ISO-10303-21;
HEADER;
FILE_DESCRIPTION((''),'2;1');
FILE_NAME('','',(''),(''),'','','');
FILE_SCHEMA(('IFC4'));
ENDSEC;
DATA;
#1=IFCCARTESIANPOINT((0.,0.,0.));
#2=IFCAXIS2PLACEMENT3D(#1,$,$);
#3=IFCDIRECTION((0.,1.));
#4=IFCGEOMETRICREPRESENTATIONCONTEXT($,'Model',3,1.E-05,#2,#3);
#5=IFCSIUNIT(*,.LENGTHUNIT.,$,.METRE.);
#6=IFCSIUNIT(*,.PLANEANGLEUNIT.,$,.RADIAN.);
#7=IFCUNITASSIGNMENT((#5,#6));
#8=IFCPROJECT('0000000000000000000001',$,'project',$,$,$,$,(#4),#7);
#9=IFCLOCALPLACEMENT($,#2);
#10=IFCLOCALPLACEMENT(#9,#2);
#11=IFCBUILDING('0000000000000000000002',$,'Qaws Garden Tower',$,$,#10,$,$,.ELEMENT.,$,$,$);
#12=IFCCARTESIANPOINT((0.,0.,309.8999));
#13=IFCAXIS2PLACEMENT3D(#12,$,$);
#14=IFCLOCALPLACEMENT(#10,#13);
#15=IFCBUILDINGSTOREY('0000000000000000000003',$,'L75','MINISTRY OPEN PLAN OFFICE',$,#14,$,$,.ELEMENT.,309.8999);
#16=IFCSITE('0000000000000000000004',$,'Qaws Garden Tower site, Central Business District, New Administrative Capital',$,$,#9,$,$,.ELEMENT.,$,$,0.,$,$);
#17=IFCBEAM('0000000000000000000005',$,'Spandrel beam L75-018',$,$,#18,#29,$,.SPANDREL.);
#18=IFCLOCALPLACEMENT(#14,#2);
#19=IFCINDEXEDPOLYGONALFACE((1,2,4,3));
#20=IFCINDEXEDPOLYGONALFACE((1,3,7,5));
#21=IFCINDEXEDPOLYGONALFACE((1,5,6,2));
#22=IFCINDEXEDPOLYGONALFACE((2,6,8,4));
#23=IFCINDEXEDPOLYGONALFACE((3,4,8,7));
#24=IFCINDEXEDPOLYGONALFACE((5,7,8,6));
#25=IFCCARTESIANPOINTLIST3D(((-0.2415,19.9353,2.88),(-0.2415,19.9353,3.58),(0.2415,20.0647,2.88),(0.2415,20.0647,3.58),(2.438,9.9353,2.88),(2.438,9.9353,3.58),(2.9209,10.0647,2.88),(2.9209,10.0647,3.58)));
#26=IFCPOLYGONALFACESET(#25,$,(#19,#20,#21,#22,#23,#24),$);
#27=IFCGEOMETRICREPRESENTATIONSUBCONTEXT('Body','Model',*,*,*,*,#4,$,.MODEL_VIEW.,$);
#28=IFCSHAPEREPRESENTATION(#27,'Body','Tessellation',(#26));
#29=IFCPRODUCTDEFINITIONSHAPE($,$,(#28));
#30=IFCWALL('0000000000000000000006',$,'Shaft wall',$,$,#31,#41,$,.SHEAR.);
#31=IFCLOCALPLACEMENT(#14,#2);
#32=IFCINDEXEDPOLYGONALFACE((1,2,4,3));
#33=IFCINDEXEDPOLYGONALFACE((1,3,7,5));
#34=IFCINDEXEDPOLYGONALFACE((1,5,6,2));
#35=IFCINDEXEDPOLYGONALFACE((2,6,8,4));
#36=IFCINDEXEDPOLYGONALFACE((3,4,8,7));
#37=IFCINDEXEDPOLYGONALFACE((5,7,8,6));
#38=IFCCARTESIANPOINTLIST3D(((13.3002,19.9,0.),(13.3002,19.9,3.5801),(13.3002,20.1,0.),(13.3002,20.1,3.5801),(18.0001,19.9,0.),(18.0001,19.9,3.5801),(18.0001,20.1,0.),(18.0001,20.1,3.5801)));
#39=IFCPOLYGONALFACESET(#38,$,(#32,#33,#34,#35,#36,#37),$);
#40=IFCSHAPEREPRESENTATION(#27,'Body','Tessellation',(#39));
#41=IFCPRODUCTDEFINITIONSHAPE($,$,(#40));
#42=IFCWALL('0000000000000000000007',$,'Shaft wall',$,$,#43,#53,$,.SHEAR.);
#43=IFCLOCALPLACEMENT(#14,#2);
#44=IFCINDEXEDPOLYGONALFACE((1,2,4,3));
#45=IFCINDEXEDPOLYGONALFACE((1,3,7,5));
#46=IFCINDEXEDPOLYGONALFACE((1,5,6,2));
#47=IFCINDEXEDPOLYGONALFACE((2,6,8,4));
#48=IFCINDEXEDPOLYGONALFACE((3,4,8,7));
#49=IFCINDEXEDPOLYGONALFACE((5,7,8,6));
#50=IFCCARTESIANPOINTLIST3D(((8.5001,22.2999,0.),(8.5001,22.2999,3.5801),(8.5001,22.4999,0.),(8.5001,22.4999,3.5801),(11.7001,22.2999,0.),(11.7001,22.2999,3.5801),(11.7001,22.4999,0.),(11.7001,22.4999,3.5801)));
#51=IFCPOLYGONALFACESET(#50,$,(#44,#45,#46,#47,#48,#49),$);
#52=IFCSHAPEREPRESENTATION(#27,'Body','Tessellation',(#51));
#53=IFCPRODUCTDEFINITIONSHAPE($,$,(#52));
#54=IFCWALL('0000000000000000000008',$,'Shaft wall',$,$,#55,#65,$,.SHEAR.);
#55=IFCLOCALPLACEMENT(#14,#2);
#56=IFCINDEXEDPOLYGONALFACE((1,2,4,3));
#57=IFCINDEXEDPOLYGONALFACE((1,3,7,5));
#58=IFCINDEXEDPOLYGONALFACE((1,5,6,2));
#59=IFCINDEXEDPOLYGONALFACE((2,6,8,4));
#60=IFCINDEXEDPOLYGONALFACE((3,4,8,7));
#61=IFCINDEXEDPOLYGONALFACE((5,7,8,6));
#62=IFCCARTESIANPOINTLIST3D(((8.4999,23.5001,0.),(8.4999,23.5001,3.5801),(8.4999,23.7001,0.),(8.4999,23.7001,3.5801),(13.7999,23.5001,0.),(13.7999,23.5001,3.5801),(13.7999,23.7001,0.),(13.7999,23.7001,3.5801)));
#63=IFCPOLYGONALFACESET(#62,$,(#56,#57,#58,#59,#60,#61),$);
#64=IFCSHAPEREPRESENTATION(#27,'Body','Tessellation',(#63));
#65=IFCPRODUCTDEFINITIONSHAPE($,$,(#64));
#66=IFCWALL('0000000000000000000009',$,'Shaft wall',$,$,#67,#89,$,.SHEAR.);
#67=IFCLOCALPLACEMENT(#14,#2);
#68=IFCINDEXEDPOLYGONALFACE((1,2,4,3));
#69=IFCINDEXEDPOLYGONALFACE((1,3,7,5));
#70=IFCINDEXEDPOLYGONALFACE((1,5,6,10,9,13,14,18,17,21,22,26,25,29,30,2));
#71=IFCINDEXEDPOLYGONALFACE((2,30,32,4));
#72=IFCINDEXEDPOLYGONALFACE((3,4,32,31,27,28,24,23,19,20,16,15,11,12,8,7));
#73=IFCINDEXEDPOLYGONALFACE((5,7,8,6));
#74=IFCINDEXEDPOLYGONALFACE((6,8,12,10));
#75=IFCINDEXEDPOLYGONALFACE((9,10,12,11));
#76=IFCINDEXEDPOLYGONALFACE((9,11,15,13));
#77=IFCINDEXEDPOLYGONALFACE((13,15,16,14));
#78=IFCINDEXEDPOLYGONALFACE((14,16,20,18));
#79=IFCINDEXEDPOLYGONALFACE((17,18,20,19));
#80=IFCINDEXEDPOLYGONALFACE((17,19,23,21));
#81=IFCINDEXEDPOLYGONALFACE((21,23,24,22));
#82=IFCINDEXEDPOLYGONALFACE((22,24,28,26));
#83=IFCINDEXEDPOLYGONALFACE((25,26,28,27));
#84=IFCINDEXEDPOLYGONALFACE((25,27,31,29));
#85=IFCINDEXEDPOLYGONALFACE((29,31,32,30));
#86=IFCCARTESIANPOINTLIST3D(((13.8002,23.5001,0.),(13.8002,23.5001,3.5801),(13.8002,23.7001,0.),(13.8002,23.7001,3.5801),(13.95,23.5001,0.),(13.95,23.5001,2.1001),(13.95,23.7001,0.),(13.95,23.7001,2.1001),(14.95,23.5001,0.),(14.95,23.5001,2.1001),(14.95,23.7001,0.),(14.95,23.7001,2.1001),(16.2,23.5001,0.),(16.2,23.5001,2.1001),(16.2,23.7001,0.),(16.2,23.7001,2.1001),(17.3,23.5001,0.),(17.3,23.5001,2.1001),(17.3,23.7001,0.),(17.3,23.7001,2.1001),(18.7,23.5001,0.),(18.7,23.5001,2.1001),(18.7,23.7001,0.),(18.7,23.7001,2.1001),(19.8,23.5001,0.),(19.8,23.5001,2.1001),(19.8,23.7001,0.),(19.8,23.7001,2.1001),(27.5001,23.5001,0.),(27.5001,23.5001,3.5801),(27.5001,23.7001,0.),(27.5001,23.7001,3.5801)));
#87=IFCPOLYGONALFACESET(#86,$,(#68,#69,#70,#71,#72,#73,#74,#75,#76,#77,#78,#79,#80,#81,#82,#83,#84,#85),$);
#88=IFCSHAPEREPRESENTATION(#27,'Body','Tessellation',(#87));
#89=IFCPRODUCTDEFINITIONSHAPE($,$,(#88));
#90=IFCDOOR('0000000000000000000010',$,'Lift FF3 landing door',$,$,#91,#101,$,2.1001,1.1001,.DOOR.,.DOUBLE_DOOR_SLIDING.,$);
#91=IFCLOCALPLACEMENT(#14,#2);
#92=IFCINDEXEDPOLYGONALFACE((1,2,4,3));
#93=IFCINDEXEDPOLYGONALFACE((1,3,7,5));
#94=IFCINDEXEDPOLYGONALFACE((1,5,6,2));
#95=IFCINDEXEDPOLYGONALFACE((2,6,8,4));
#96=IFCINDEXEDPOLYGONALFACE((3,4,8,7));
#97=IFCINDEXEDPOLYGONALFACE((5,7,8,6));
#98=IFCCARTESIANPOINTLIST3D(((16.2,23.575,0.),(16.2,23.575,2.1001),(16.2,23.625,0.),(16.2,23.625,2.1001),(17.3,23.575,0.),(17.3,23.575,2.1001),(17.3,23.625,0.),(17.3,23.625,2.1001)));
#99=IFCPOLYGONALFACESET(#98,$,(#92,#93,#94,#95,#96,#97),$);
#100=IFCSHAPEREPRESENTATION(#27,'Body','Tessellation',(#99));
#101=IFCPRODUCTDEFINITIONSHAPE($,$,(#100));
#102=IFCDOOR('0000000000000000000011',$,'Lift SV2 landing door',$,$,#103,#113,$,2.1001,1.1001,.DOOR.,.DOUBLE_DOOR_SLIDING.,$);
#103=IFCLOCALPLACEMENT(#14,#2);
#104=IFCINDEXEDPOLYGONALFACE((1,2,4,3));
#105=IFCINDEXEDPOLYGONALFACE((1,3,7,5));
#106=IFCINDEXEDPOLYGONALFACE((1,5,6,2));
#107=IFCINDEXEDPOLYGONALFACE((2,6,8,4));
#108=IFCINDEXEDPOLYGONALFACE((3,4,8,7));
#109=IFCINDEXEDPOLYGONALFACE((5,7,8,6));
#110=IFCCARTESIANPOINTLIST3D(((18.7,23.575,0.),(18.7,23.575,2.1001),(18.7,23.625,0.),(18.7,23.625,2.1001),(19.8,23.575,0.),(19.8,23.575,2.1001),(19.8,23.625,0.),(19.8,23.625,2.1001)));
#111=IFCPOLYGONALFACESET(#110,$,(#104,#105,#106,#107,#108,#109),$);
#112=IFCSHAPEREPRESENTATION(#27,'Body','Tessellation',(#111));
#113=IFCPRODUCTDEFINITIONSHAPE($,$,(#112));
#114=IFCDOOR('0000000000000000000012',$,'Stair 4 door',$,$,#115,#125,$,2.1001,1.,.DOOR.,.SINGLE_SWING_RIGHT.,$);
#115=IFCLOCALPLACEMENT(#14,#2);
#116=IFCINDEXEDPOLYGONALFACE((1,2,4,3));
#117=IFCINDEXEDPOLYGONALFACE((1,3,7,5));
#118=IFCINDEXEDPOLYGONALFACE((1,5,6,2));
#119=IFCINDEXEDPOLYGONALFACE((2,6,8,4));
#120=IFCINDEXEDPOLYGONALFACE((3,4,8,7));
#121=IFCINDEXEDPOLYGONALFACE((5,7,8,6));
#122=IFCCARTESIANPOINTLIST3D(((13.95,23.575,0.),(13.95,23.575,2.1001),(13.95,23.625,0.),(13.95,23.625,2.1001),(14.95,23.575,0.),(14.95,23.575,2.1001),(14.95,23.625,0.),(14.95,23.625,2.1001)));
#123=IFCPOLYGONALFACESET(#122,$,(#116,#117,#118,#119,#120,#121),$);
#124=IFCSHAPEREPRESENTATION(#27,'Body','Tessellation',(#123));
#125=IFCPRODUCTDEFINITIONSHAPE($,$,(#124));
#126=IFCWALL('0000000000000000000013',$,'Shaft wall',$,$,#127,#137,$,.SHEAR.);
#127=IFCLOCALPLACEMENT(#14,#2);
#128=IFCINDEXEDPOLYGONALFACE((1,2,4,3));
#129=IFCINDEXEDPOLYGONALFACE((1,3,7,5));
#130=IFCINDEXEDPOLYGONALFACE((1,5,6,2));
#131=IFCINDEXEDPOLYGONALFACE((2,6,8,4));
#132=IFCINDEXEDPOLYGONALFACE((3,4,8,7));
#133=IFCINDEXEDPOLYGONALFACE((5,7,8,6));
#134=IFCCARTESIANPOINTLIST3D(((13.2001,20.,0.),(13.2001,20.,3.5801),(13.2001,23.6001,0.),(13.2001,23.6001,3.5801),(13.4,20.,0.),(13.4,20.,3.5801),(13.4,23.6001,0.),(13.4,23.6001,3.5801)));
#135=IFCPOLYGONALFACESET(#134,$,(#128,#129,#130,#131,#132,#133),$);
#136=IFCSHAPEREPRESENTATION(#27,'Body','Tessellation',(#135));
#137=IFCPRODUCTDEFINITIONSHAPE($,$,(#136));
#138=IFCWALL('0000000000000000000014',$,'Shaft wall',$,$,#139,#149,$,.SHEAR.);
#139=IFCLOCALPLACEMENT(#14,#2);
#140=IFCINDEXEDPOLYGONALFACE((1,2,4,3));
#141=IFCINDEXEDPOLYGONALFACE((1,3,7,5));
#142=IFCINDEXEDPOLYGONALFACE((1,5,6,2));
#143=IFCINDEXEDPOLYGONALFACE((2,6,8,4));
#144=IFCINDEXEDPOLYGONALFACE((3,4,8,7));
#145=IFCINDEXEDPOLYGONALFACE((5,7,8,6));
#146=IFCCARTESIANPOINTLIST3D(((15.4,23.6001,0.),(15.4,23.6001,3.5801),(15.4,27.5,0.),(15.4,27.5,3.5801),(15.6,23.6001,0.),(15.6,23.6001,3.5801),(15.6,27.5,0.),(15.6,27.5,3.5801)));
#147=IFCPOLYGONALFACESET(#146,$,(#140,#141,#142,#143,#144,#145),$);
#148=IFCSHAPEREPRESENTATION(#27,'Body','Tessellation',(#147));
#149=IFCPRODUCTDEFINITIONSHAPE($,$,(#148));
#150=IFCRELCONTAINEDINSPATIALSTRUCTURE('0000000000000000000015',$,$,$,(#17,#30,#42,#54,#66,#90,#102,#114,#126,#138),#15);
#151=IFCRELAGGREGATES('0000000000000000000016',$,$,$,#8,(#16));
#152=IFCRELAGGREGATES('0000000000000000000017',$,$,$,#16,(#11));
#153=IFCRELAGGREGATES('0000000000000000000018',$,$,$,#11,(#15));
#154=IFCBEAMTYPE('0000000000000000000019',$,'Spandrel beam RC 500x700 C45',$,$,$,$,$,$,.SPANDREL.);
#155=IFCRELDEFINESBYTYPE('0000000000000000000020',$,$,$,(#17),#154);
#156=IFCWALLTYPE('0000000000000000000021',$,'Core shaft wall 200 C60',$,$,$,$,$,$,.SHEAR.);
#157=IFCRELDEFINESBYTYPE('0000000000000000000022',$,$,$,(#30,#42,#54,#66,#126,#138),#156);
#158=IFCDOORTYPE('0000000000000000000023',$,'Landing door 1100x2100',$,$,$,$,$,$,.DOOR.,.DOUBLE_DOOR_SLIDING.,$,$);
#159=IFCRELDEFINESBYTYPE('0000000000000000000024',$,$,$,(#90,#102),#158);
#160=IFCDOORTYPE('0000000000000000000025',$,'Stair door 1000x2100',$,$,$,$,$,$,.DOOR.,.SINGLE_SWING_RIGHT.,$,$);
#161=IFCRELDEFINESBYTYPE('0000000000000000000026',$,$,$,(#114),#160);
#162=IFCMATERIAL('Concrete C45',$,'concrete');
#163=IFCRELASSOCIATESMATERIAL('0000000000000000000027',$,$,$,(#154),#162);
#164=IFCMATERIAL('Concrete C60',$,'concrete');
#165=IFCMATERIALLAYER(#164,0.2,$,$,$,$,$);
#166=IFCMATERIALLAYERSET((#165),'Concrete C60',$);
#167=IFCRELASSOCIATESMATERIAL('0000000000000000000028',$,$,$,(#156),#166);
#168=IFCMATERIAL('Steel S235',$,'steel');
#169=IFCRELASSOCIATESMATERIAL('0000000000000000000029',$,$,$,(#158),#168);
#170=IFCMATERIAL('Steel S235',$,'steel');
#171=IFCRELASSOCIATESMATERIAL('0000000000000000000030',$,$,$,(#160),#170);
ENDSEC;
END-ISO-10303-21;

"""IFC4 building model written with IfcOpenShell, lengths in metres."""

from ifc_helpers import new_model, si_unit, direction, frame, frame_2d, origin, origin_2d, place, context, subcontext, project, spatial, rectangle, extrude, material, layer, layer_set, material_profile, profile_set, type_object, element, fill, save


model = new_model("IFC4")

# Units and contexts
model_context = context("Model", 3, precision=1e-05, world=origin(), true_north=direction((0.0, 1.0)))
body_context = subcontext(model_context, "Body", "Model", "MODEL_VIEW")
ifc_project = project(units=[si_unit("LENGTHUNIT", "METRE"), si_unit("PLANEANGLEUNIT", "RADIAN")], contexts=[model_context])

# Site, building, storey
site_placement = place(None, origin())
site = spatial("IfcSite", under=ifc_project, at=site_placement, Name="Qaws Garden Tower site, Central Business District, New Administrative Capital", CompositionType="ELEMENT", RefElevation=0.0)
building_placement = place(site_placement, origin())
building = spatial("IfcBuilding", under=site, at=building_placement, Name="Qaws Garden Tower", CompositionType="ELEMENT")
storey_placement = place(building_placement, frame((0.0, 0.0, 309.8999)))
storey = spatial("IfcBuildingStorey", under=building, at=storey_placement, Name="L75", Description="MINISTRY OPEN PLAN OFFICE", CompositionType="ELEMENT", Elevation=309.8999)

# Beam
ifc_material_1 = material(Name="Concrete C45", Category="concrete")
ifc_material_profile = material_profile(ifc_material_1, rectangle(XDim=0.5, YDim=0.7, at=origin_2d()), Name="RC 500x700")
ifc_profile_set = profile_set([ifc_material_profile], Name="Concrete C45")
beam_type = type_object("IfcBeamType", Name="Spandrel beam RC 500x700 C45", PredefinedType="SPANDREL", material=ifc_profile_set)
beam_placement = place(storey_placement, frame((0.0, 20.0, 3.23), z_axis=(0.258815, -0.965927, 0.0), x_axis=(0.965927, 0.258815, 0.0)))
element("IfcBeam", 1, at=beam_placement, inside=storey, type_object=beam_type, Name="Spandrel beam L75-018", PredefinedType="SPANDREL", context=body_context, shape_type="SweptSolid", body=[
    extrude(rectangle(XDim=0.5, YDim=0.7, at=origin_2d()), origin(), (0.0, 0.0, 1.0), 10.3528),
])

# Walls
ifc_material_2 = material(Name="Concrete C60", Category="concrete")
ifc_layer_1 = layer(ifc_material_2, 0.2)
ifc_layer_set_1 = layer_set([ifc_layer_1], Name="Concrete C60")
wall_type_1 = type_object("IfcWallType", Name="Core shaft wall 200 C60", PredefinedType="SHEAR", material=ifc_layer_set_1)
wall_1_placement = place(storey_placement, frame((13.3, 20.0, 0.0), z_axis=(0.0, 0.0, 1.0), x_axis=(1.0, 0.0, 0.0)))
element("IfcWall", 2, at=wall_1_placement, inside=storey, type_object=wall_type_1, Name="Shaft wall", PredefinedType="SHEAR", context=body_context, shape_type="SweptSolid", body=[
    extrude(rectangle(XDim=4.7, YDim=0.2, at=frame_2d((2.3501, 0.0))), origin(), (0.0, 0.0, 1.0), 3.5801),
])
wall_2_placement = place(storey_placement, frame((8.5, 22.3999, 0.0), z_axis=(0.0, 0.0, 1.0), x_axis=(1.0, 0.0, 0.0)))
element("IfcWall", 3, at=wall_2_placement, inside=storey, type_object=wall_type_1, Name="Shaft wall", PredefinedType="SHEAR", context=body_context, shape_type="SweptSolid", body=[
    extrude(rectangle(XDim=3.2, YDim=0.2, at=frame_2d((1.6001, 0.0))), origin(), (0.0, 0.0, 1.0), 3.5801),
])
wall_3_placement = place(storey_placement, frame((8.5, 23.6001, 0.0), z_axis=(0.0, 0.0, 1.0), x_axis=(1.0, 0.0, 0.0)))
element("IfcWall", 4, at=wall_3_placement, inside=storey, type_object=wall_type_1, Name="Shaft wall", PredefinedType="SHEAR", context=body_context, shape_type="SweptSolid", body=[
    extrude(rectangle(XDim=5.3, YDim=0.2, at=frame_2d((2.6499, 0.0))), origin(), (0.0, 0.0, 1.0), 3.5801),
])

# Wall, openings, doors
wall_4_placement = place(storey_placement, frame((13.8, 23.6001, 0.0), z_axis=(0.0, 0.0, 1.0), x_axis=(1.0, 0.0, 0.0)))
wall_4 = element("IfcWall", 5, at=wall_4_placement, inside=storey, type_object=wall_type_1, Name="Shaft wall", PredefinedType="SHEAR", context=body_context, shape_type="SweptSolid", body=[
    extrude(rectangle(XDim=13.7, YDim=0.2, at=frame_2d((6.8501, 0.0))), origin(), (0.0, 0.0, 1.0), 3.5801),
])
opening_1_placement = place(wall_4_placement, frame((2.3999, 0.0, 0.0)))
opening_1 = element("IfcOpeningElement", 6, at=opening_1_placement, cuts=wall_4, PredefinedType="OPENING", context=body_context, shape_type="SweptSolid", body=[
    extrude(rectangle(XDim=1.1001, YDim=2.1001, at=frame_2d((0.55, 1.05))), frame((0.0, 0.1099, 0.0), z_axis=(0.0, -1.0, 0.0), x_axis=(1.0, 0.0, 0.0)), (0.0, 0.0, 1.0), 0.22),
])
opening_2_placement = place(wall_4_placement, frame((4.8999, 0.0, 0.0)))
opening_2 = element("IfcOpeningElement", 7, at=opening_2_placement, cuts=wall_4, PredefinedType="OPENING", context=body_context, shape_type="SweptSolid", body=[
    extrude(rectangle(XDim=1.1001, YDim=2.1001, at=frame_2d((0.55, 1.05))), frame((0.0, 0.1099, 0.0), z_axis=(0.0, -1.0, 0.0), x_axis=(1.0, 0.0, 0.0)), (0.0, 0.0, 1.0), 0.22),
])
opening_3_placement = place(wall_4_placement, frame((0.1499, 0.0, 0.0)))
opening_3 = element("IfcOpeningElement", 8, at=opening_3_placement, cuts=wall_4, PredefinedType="OPENING", context=body_context, shape_type="SweptSolid", body=[
    extrude(rectangle(XDim=1.0, YDim=2.1001, at=frame_2d((0.5, 1.05))), frame((0.0, 0.1099, 0.0), z_axis=(0.0, -1.0, 0.0), x_axis=(1.0, 0.0, 0.0)), (0.0, 0.0, 1.0), 0.22),
])
ifc_material_3 = material(Name="Steel S235", Category="steel")
door_type_1 = type_object("IfcDoorType", Name="Landing door 1100x2100", OperationType="DOUBLE_DOOR_SLIDING", PredefinedType="DOOR", material=ifc_material_3)
door_1_placement = place(opening_1_placement, origin())
door_1 = element("IfcDoor", 9, at=door_1_placement, inside=storey, type_object=door_type_1, Name="Lift FF3 landing door", OperationType="DOUBLE_DOOR_SLIDING", OverallHeight=2.1001, OverallWidth=1.1001, PredefinedType="DOOR", context=body_context, shape_type="SweptSolid", body=[
    extrude(rectangle(XDim=1.1001, YDim=2.1001, at=frame_2d((0.55, 1.05))), frame((0.0, 0.0249, 0.0), z_axis=(0.0, -1.0, 0.0), x_axis=(1.0, 0.0, 0.0)), (0.0, 0.0, 1.0), 0.05),
])
fill(opening_1, door_1)
door_2_placement = place(opening_2_placement, origin())
door_2 = element("IfcDoor", 10, at=door_2_placement, inside=storey, type_object=door_type_1, Name="Lift SV2 landing door", OperationType="DOUBLE_DOOR_SLIDING", OverallHeight=2.1001, OverallWidth=1.1001, PredefinedType="DOOR", context=body_context, shape_type="SweptSolid", body=[
    extrude(rectangle(XDim=1.1001, YDim=2.1001, at=frame_2d((0.55, 1.05))), frame((0.0, 0.0249, 0.0), z_axis=(0.0, -1.0, 0.0), x_axis=(1.0, 0.0, 0.0)), (0.0, 0.0, 1.0), 0.05),
])
fill(opening_2, door_2)
ifc_material_4 = material(Name="Steel S235", Category="steel")
door_type_2 = type_object("IfcDoorType", Name="Stair door 1000x2100", OperationType="SINGLE_SWING_RIGHT", PredefinedType="DOOR", material=ifc_material_4)
door_3_placement = place(opening_3_placement, origin())
door_3 = element("IfcDoor", 11, at=door_3_placement, inside=storey, type_object=door_type_2, Name="Stair 4 door", OperationType="SINGLE_SWING_RIGHT", OverallHeight=2.1001, OverallWidth=1.0, PredefinedType="DOOR", context=body_context, shape_type="SweptSolid", body=[
    extrude(rectangle(XDim=1.0, YDim=2.1001, at=frame_2d((0.5, 1.05))), frame((0.0, 0.0249, 0.0), z_axis=(0.0, -1.0, 0.0), x_axis=(1.0, 0.0, 0.0)), (0.0, 0.0, 1.0), 0.05),
])
fill(opening_3, door_3)

# Walls
wall_5_placement = place(storey_placement, frame((13.3, 20.0, 0.0), z_axis=(0.0, 0.0, 1.0), x_axis=(0.0, 1.0, 0.0)))
element("IfcWall", 12, at=wall_5_placement, inside=storey, type_object=wall_type_1, Name="Shaft wall", PredefinedType="SHEAR", context=body_context, shape_type="SweptSolid", body=[
    extrude(rectangle(XDim=3.6001, YDim=0.2, at=frame_2d((1.8, 0.0))), origin(), (0.0, 0.0, 1.0), 3.5801),
])
wall_6_placement = place(storey_placement, frame((15.5, 23.6001, 0.0), z_axis=(0.0, 0.0, 1.0), x_axis=(0.0, 1.0, 0.0)))
element("IfcWall", 13, at=wall_6_placement, inside=storey, type_object=wall_type_1, Name="Shaft wall", PredefinedType="SHEAR", context=body_context, shape_type="SweptSolid", body=[
    extrude(rectangle(XDim=3.8999, YDim=0.2, at=frame_2d((1.95, 0.0))), origin(), (0.0, 0.0, 1.0), 3.5801),
])

save(model, "model.ifc")
